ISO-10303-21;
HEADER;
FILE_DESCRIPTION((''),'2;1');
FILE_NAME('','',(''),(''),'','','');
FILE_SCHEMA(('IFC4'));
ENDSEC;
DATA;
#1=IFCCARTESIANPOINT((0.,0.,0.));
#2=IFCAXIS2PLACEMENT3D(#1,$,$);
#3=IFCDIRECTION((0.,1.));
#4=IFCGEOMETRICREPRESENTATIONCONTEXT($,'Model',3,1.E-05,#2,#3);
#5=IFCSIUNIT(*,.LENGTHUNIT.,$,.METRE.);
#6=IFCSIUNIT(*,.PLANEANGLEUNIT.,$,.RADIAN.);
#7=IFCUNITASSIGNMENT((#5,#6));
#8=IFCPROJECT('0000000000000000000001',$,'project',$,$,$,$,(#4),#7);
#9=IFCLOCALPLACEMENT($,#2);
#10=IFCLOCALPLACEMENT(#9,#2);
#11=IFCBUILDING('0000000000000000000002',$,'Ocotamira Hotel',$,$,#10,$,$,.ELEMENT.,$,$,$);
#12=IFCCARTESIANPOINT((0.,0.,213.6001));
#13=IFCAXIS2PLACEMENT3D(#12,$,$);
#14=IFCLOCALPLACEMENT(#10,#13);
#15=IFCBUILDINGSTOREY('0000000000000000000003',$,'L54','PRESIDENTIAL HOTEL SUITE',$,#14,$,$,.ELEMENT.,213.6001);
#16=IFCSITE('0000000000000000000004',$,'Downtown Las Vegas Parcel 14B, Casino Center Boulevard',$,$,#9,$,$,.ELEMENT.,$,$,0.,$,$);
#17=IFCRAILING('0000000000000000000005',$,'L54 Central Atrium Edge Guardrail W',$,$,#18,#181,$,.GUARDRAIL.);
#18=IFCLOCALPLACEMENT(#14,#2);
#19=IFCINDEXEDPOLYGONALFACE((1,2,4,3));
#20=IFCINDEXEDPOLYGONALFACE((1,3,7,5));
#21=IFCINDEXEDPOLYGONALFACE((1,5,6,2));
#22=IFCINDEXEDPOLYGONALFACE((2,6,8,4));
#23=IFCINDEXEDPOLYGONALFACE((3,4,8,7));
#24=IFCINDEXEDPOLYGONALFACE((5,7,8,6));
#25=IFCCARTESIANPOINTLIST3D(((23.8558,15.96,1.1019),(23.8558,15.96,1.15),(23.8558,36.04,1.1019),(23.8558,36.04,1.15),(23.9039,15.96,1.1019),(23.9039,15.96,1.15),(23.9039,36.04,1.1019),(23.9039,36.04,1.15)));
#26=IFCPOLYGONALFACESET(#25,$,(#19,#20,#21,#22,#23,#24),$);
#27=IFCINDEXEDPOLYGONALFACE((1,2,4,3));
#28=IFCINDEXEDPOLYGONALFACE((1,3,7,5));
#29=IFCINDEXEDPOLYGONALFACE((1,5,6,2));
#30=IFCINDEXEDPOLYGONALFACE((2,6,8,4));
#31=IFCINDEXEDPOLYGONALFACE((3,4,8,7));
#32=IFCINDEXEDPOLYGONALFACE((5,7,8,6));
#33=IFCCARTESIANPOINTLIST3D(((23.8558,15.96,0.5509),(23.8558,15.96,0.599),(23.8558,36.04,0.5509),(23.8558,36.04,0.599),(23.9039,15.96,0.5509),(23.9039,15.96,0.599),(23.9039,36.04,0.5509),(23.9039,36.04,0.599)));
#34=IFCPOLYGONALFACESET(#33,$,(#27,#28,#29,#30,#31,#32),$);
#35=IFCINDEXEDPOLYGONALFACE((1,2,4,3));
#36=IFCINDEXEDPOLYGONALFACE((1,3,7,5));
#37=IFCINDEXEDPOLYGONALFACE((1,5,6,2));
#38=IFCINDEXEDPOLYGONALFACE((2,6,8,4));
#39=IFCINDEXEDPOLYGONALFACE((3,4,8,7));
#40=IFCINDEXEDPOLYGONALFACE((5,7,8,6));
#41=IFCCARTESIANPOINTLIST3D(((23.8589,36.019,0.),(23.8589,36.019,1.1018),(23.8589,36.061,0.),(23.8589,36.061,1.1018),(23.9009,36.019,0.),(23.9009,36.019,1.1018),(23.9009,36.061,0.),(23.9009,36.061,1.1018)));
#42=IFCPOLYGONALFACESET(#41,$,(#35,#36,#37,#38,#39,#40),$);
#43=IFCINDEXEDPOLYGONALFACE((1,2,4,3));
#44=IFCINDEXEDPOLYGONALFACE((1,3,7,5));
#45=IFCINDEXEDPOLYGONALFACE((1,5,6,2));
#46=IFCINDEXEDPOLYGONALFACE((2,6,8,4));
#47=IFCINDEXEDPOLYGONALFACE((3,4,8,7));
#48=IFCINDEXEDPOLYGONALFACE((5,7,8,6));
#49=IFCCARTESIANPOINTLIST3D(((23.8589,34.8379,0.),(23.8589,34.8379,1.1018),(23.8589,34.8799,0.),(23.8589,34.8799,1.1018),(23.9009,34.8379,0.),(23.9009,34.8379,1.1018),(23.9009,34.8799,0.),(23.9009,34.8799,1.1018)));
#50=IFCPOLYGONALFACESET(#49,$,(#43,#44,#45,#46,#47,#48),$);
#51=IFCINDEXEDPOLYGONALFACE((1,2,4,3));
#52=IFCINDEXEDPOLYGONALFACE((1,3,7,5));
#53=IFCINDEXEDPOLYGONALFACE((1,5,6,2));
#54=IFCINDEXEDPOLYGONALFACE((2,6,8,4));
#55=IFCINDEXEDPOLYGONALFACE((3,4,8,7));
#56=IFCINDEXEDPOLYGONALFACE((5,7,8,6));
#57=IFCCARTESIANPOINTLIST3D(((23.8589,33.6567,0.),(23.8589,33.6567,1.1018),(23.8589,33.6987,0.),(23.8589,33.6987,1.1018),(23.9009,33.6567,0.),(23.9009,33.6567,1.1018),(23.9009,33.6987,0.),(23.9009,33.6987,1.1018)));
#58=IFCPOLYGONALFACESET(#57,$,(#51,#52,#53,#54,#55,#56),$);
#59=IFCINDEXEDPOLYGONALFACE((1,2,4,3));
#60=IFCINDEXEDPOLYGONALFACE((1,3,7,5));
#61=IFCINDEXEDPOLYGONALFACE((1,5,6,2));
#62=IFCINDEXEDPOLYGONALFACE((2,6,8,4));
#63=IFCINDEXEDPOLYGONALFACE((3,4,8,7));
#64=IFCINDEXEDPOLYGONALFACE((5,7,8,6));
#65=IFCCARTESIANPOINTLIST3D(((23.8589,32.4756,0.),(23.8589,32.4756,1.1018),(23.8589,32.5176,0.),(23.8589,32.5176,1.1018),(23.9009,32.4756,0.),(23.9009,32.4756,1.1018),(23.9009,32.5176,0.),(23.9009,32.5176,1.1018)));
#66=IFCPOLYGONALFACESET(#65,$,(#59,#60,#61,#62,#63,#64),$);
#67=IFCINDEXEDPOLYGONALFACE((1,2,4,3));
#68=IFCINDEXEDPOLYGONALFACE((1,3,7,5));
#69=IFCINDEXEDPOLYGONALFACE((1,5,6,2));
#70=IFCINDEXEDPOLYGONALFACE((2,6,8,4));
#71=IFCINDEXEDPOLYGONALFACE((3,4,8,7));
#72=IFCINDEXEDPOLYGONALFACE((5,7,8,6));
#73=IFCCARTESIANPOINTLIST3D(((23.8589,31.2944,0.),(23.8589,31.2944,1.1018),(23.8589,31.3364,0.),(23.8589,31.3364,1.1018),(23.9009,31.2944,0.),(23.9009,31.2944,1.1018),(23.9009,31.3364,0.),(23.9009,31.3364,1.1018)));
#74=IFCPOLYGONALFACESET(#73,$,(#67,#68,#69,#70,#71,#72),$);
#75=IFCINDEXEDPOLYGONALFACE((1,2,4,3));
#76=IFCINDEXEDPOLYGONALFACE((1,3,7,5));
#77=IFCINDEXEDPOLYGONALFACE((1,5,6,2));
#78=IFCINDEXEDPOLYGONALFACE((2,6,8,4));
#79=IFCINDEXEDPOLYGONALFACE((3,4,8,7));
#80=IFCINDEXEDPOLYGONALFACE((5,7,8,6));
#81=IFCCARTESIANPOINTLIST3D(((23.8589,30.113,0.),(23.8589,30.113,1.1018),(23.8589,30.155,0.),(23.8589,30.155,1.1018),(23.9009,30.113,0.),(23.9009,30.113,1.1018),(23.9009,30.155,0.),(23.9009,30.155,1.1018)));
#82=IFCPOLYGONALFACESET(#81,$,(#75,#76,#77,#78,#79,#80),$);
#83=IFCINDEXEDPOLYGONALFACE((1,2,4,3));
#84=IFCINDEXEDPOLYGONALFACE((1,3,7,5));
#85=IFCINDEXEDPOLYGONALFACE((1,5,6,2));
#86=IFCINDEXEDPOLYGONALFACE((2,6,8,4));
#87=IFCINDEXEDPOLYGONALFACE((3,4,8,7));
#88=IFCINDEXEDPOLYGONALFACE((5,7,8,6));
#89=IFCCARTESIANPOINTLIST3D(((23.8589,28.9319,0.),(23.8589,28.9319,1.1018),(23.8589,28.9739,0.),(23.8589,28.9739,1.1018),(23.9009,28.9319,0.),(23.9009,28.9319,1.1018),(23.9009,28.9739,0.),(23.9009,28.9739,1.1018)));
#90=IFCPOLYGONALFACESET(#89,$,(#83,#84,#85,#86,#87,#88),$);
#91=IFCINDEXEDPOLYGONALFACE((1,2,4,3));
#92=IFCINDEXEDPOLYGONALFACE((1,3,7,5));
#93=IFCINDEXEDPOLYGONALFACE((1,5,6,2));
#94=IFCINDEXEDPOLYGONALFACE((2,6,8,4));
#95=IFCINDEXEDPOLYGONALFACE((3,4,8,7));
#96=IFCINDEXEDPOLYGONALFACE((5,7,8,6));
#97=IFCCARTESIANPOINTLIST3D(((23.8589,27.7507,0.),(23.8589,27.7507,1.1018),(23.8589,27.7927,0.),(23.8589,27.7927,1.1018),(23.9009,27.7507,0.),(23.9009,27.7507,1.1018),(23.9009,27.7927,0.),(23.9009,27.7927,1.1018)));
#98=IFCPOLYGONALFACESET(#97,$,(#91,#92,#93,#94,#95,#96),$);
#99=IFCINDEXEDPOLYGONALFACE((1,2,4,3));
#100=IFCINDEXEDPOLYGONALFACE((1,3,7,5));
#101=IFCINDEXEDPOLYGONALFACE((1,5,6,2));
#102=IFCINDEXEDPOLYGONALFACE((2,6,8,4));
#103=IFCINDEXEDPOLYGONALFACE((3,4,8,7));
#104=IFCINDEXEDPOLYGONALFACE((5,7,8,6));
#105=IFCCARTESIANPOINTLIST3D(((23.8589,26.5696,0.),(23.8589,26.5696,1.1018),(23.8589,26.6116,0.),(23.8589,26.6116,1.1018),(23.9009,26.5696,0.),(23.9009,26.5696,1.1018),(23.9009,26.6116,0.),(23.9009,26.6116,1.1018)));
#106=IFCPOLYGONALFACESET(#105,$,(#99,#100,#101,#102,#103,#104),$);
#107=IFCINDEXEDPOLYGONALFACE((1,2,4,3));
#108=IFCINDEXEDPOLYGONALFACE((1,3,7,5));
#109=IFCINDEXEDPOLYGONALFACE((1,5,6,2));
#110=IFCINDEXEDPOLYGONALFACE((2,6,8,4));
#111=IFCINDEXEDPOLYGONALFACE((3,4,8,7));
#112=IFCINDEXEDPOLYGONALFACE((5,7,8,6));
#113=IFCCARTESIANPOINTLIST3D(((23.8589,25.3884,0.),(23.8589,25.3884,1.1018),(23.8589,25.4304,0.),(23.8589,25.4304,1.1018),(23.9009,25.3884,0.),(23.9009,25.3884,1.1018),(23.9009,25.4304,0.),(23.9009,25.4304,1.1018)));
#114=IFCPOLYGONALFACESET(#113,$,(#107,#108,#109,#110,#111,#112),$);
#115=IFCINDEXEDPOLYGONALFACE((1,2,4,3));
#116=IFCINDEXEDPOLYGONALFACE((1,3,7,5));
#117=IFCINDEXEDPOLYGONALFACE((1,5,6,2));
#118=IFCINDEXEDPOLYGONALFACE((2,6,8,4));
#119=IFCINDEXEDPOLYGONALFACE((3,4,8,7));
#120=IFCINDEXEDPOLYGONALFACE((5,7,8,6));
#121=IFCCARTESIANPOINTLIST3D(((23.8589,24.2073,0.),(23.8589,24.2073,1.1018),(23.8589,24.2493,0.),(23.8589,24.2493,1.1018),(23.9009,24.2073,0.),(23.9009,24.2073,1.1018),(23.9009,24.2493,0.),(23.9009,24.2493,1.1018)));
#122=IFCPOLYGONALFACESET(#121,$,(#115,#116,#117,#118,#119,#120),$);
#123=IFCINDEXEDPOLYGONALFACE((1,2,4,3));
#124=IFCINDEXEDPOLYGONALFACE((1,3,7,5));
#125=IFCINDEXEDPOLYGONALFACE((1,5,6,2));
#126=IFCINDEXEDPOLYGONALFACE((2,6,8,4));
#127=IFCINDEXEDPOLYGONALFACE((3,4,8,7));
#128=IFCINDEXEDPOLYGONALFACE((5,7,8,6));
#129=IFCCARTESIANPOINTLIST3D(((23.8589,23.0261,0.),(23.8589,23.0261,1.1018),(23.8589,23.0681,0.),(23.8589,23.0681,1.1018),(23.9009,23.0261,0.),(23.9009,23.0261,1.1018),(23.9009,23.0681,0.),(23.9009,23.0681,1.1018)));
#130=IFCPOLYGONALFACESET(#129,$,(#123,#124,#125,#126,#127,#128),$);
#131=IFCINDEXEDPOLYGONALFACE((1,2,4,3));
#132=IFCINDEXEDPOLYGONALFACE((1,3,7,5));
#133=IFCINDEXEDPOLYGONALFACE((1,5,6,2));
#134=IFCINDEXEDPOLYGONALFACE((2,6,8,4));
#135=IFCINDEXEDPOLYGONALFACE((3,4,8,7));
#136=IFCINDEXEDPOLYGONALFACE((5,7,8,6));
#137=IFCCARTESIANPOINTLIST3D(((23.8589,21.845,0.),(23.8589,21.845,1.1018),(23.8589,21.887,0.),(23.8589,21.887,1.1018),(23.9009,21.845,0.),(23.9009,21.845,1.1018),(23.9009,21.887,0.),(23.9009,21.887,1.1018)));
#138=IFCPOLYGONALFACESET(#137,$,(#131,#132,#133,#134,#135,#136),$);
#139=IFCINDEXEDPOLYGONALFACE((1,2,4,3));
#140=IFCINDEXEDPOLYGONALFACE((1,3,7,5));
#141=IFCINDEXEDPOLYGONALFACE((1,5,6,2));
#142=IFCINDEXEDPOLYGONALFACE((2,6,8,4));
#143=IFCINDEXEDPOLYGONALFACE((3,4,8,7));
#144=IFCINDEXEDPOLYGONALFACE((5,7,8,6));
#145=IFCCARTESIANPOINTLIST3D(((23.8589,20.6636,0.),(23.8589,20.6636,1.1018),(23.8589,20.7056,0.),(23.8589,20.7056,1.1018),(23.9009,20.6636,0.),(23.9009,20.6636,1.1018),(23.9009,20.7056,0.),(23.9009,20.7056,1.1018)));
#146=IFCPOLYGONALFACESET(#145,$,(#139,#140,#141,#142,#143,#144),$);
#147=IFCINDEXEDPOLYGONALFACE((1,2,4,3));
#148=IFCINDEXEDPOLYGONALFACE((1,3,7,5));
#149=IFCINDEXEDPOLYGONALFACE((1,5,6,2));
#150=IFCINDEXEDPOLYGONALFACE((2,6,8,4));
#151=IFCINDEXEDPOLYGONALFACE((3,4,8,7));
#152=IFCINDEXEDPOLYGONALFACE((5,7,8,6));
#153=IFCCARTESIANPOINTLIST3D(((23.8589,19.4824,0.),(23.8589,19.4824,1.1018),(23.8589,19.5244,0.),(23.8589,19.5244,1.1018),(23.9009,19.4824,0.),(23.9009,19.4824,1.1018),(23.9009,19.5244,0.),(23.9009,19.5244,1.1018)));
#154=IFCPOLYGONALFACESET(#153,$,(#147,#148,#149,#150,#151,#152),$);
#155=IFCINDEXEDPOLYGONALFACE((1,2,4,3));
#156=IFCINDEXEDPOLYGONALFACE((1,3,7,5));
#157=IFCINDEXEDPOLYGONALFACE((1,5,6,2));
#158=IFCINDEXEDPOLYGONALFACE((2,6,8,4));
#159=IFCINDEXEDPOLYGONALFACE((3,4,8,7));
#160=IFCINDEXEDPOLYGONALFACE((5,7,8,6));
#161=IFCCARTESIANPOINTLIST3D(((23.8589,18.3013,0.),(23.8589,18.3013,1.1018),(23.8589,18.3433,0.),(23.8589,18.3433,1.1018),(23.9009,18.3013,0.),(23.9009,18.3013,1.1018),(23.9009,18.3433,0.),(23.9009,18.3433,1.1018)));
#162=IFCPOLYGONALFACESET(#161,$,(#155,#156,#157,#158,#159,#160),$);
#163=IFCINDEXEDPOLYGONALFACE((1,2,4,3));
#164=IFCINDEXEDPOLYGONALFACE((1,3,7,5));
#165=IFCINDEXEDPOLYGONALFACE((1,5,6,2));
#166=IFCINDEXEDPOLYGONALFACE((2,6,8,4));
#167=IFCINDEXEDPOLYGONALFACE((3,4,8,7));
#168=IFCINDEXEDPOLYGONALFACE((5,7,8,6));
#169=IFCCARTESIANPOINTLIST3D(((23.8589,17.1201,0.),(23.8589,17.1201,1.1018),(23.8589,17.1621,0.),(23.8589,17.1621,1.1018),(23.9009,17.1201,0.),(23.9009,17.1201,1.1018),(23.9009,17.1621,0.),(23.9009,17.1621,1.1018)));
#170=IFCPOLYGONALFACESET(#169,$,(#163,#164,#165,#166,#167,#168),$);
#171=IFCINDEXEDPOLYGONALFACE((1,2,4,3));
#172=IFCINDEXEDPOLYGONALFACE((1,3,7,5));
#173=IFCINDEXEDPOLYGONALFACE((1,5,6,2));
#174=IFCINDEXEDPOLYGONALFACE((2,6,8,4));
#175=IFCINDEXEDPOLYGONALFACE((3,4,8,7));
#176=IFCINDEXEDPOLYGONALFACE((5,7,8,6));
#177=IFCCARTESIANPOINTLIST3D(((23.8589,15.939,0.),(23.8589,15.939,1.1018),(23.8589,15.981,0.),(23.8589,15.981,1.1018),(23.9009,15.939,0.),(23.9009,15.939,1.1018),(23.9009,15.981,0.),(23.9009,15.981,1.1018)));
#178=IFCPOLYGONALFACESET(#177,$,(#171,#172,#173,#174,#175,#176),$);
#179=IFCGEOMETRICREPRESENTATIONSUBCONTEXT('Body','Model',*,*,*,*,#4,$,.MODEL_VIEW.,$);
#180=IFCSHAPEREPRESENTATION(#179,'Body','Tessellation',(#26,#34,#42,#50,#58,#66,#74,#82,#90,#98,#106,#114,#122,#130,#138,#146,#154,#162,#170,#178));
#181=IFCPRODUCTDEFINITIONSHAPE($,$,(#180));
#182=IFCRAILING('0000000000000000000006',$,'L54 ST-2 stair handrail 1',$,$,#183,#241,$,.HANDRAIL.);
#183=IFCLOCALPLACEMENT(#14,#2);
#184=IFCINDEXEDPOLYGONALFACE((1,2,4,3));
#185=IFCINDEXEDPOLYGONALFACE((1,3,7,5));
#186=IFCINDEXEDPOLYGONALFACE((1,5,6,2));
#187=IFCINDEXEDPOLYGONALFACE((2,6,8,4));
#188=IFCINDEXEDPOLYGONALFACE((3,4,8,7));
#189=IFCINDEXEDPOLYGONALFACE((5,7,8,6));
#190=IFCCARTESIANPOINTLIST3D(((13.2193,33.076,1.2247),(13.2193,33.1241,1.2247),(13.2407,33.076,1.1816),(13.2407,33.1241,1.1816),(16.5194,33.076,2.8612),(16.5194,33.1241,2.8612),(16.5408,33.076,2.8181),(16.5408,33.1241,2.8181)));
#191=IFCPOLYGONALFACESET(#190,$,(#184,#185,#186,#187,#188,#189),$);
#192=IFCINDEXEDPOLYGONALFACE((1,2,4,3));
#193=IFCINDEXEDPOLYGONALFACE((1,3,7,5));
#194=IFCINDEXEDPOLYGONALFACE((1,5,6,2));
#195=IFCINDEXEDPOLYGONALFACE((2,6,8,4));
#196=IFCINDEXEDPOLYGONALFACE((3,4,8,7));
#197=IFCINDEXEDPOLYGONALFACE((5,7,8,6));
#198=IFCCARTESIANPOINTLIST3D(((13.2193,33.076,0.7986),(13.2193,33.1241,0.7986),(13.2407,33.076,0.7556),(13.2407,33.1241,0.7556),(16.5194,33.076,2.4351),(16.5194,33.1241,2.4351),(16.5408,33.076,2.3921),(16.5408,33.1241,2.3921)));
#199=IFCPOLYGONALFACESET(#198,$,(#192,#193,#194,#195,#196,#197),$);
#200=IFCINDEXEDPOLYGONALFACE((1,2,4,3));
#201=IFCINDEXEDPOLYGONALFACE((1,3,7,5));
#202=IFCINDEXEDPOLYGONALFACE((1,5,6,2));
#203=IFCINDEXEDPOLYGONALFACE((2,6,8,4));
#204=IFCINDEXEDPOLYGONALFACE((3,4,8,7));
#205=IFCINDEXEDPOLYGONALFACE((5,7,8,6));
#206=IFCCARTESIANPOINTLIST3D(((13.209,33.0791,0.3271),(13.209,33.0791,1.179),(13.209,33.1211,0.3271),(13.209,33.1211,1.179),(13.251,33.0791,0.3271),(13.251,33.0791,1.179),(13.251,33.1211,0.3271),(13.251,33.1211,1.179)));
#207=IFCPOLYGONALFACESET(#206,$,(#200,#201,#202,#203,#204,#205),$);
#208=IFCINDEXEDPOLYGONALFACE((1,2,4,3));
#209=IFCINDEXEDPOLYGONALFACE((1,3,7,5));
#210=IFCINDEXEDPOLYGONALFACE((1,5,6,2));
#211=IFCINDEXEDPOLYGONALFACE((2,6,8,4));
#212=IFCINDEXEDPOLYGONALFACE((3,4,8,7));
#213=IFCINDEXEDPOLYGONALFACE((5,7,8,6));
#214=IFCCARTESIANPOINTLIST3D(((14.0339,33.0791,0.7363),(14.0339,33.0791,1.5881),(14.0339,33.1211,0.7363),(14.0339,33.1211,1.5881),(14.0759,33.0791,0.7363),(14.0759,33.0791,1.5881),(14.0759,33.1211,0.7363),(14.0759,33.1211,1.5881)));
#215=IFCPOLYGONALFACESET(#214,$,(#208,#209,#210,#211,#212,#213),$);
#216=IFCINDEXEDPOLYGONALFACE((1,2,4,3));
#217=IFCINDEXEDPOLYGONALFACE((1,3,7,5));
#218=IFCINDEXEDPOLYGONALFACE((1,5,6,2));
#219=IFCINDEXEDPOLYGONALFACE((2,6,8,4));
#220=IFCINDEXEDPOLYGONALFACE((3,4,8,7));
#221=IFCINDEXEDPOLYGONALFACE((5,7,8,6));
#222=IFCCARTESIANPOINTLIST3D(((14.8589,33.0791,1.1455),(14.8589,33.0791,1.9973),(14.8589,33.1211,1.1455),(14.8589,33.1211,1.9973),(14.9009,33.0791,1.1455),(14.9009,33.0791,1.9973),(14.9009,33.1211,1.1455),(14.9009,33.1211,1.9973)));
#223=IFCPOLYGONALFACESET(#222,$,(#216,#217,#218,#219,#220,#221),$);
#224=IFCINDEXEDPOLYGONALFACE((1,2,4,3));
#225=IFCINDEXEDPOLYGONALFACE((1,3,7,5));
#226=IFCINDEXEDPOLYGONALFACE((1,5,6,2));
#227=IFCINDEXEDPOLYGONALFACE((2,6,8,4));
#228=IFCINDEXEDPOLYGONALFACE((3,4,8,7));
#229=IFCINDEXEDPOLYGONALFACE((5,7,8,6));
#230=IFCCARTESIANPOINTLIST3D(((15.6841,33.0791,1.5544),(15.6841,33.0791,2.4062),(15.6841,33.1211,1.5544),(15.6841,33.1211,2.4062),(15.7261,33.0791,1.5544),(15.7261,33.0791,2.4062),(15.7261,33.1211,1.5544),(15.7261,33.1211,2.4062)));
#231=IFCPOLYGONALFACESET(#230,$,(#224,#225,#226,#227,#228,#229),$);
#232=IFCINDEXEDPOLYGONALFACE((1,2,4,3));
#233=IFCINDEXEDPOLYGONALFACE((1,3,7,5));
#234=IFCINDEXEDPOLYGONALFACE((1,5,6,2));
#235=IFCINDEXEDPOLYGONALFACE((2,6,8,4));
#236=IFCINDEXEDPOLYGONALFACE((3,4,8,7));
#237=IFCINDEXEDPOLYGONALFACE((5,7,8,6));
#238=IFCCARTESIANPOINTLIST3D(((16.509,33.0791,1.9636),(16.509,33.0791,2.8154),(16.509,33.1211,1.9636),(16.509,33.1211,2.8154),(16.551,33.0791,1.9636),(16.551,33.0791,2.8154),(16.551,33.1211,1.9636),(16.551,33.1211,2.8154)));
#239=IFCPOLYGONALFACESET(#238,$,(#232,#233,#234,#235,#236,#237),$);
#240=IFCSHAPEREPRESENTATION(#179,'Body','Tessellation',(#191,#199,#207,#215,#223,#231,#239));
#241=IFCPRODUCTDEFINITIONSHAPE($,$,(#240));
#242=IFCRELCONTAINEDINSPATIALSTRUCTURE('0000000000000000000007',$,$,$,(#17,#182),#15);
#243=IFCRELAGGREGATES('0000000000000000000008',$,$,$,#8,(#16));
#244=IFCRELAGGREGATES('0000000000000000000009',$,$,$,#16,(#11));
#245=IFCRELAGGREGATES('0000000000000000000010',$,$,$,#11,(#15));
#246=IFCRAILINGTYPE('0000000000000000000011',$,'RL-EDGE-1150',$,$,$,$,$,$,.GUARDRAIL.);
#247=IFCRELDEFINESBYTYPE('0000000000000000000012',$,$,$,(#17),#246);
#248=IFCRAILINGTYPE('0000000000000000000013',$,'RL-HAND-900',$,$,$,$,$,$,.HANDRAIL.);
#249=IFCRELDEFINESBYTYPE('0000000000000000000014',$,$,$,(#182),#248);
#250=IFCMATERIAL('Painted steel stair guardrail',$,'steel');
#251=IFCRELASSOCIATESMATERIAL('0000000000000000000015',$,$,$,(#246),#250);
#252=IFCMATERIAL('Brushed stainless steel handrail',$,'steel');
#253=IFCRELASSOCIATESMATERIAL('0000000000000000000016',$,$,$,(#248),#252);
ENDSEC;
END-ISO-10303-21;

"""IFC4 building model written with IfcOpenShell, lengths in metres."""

from ifc_helpers import new_model, si_unit, direction, frame, origin, origin_2d, place, context, subcontext, project, spatial, rectangle, extrude, material, type_object, element, save


model = new_model("IFC4")

# Units and contexts
model_context = context("Model", 3, precision=1e-05, world=origin(), true_north=direction((0.0, 1.0)))
body_context = subcontext(model_context, "Body", "Model", "MODEL_VIEW")
ifc_project = project(units=[si_unit("LENGTHUNIT", "METRE"), si_unit("PLANEANGLEUNIT", "RADIAN")], contexts=[model_context])

# Site, building, storey
site_placement = place(None, origin())
site = spatial("IfcSite", under=ifc_project, at=site_placement, Name="Downtown Las Vegas Parcel 14B, Casino Center Boulevard", CompositionType="ELEMENT", RefElevation=0.0)
building_placement = place(site_placement, origin())
building = spatial("IfcBuilding", under=site, at=building_placement, Name="Ocotamira Hotel", CompositionType="ELEMENT")
storey_placement = place(building_placement, frame((0.0, 0.0, 213.6001)))
storey = spatial("IfcBuildingStorey", under=building, at=storey_placement, Name="L54", Description="PRESIDENTIAL HOTEL SUITE", CompositionType="ELEMENT", Elevation=213.6001)

# Railings
ifc_material_1 = material(Name="Painted steel stair guardrail", Category="steel")
railing_type_1 = type_object("IfcRailingType", Name="RL-EDGE-1150", PredefinedType="GUARDRAIL", material=ifc_material_1)
railing_1_placement = place(storey_placement, frame((23.8799, 36.04, 0.0)))
element("IfcRailing", 1, at=railing_1_placement, inside=storey, type_object=railing_type_1, Name="L54 Central Atrium Edge Guardrail W", PredefinedType="GUARDRAIL", context=body_context, shape_type="SweptSolid", body=[
    extrude(rectangle(XDim=0.0481, YDim=0.0481, at=origin_2d()), frame((0.0, 0.0, 1.126), z_axis=(0.0, -1.0, 0.0), x_axis=(1.0, 0.0, 0.0)), (0.0, 0.0, 1.0), 20.0801),
    extrude(rectangle(XDim=0.0481, YDim=0.0481, at=origin_2d()), frame((0.0, 0.0, 0.575), z_axis=(0.0, -1.0, 0.0), x_axis=(1.0, 0.0, 0.0)), (0.0, 0.0, 1.0), 20.0801),
    extrude(rectangle(XDim=0.042, YDim=0.042, at=origin_2d()), origin(), (0.0, 0.0, 1.0), 1.1018),
    extrude(rectangle(XDim=0.042, YDim=0.042, at=origin_2d()), frame((0.0, -1.1812, 0.0)), (0.0, 0.0, 1.0), 1.1018),
    extrude(rectangle(XDim=0.042, YDim=0.042, at=origin_2d()), frame((0.0, -2.3623, 0.0)), (0.0, 0.0, 1.0), 1.1018),
    extrude(rectangle(XDim=0.042, YDim=0.042, at=origin_2d()), frame((0.0, -3.5435, 0.0)), (0.0, 0.0, 1.0), 1.1018),
    extrude(rectangle(XDim=0.042, YDim=0.042, at=origin_2d()), frame((0.0, -4.7246, 0.0)), (0.0, 0.0, 1.0), 1.1018),
    extrude(rectangle(XDim=0.042, YDim=0.042, at=origin_2d()), frame((0.0, -5.906, 0.0)), (0.0, 0.0, 1.0), 1.1018),
    extrude(rectangle(XDim=0.042, YDim=0.042, at=origin_2d()), frame((0.0, -7.0872, 0.0)), (0.0, 0.0, 1.0), 1.1018),
    extrude(rectangle(XDim=0.042, YDim=0.042, at=origin_2d()), frame((0.0, -8.2683, 0.0)), (0.0, 0.0, 1.0), 1.1018),
    extrude(rectangle(XDim=0.042, YDim=0.042, at=origin_2d()), frame((0.0, -9.4495, 0.0)), (0.0, 0.0, 1.0), 1.1018),
    extrude(rectangle(XDim=0.042, YDim=0.042, at=origin_2d()), frame((0.0, -10.6306, 0.0)), (0.0, 0.0, 1.0), 1.1018),
    extrude(rectangle(XDim=0.042, YDim=0.042, at=origin_2d()), frame((0.0, -11.8118, 0.0)), (0.0, 0.0, 1.0), 1.1018),
    extrude(rectangle(XDim=0.042, YDim=0.042, at=origin_2d()), frame((0.0, -12.9929, 0.0)), (0.0, 0.0, 1.0), 1.1018),
    extrude(rectangle(XDim=0.042, YDim=0.042, at=origin_2d()), frame((0.0, -14.1741, 0.0)), (0.0, 0.0, 1.0), 1.1018),
    extrude(rectangle(XDim=0.042, YDim=0.042, at=origin_2d()), frame((0.0, -15.3555, 0.0)), (0.0, 0.0, 1.0), 1.1018),
    extrude(rectangle(XDim=0.042, YDim=0.042, at=origin_2d()), frame((0.0, -16.5366, 0.0)), (0.0, 0.0, 1.0), 1.1018),
    extrude(rectangle(XDim=0.042, YDim=0.042, at=origin_2d()), frame((0.0, -17.7178, 0.0)), (0.0, 0.0, 1.0), 1.1018),
    extrude(rectangle(XDim=0.042, YDim=0.042, at=origin_2d()), frame((0.0, -18.8989, 0.0)), (0.0, 0.0, 1.0), 1.1018),
    extrude(rectangle(XDim=0.042, YDim=0.042, at=origin_2d()), frame((0.0, -20.0801, 0.0)), (0.0, 0.0, 1.0), 1.1018),
])
ifc_material_2 = material(Name="Brushed stainless steel handrail", Category="steel")
railing_type_2 = type_object("IfcRailingType", Name="RL-HAND-900", PredefinedType="HANDRAIL", material=ifc_material_2)
for number, where, name in (
    (2, (13.23, 33.1001, 0.3271), "L54 ST-2 stair handrail 1"),
):
    element("IfcRailing", number, at=place(storey_placement, frame(where)), inside=storey, type_object=railing_type_2, Name=name, PredefinedType="HANDRAIL", context=body_context, shape_type="SweptSolid", body=[
        extrude(rectangle(XDim=0.0481, YDim=0.0481, at=origin_2d()), frame((0.0, 0.0, 0.876), z_axis=(0.895894, 0.0, 0.444268), x_axis=(0.0, 1.0, 0.0)), (0.0, 0.0, 1.0), 3.6836),
        extrude(rectangle(XDim=0.0481, YDim=0.0481, at=origin_2d()), frame((0.0, 0.0, 0.45), z_axis=(0.895894, 0.0, 0.444268), x_axis=(0.0, 1.0, 0.0)), (0.0, 0.0, 1.0), 3.6836),
        extrude(rectangle(XDim=0.042, YDim=0.042, at=origin_2d()), origin(), (0.0, 0.0, 1.0), 0.8518),
        extrude(rectangle(XDim=0.042, YDim=0.042, at=origin_2d()), frame((0.825, 0.0, 0.4092)), (0.0, 0.0, 1.0), 0.8518),
        extrude(rectangle(XDim=0.042, YDim=0.042, at=origin_2d()), frame((1.6499, 0.0, 0.8184)), (0.0, 0.0, 1.0), 0.8518),
        extrude(rectangle(XDim=0.042, YDim=0.042, at=origin_2d()), frame((2.4751, 0.0, 1.2273)), (0.0, 0.0, 1.0), 0.8518),
        extrude(rectangle(XDim=0.042, YDim=0.042, at=origin_2d()), frame((3.3, 0.0, 1.6365)), (0.0, 0.0, 1.0), 0.8518),
    ])

save(model, "model.ifc")
